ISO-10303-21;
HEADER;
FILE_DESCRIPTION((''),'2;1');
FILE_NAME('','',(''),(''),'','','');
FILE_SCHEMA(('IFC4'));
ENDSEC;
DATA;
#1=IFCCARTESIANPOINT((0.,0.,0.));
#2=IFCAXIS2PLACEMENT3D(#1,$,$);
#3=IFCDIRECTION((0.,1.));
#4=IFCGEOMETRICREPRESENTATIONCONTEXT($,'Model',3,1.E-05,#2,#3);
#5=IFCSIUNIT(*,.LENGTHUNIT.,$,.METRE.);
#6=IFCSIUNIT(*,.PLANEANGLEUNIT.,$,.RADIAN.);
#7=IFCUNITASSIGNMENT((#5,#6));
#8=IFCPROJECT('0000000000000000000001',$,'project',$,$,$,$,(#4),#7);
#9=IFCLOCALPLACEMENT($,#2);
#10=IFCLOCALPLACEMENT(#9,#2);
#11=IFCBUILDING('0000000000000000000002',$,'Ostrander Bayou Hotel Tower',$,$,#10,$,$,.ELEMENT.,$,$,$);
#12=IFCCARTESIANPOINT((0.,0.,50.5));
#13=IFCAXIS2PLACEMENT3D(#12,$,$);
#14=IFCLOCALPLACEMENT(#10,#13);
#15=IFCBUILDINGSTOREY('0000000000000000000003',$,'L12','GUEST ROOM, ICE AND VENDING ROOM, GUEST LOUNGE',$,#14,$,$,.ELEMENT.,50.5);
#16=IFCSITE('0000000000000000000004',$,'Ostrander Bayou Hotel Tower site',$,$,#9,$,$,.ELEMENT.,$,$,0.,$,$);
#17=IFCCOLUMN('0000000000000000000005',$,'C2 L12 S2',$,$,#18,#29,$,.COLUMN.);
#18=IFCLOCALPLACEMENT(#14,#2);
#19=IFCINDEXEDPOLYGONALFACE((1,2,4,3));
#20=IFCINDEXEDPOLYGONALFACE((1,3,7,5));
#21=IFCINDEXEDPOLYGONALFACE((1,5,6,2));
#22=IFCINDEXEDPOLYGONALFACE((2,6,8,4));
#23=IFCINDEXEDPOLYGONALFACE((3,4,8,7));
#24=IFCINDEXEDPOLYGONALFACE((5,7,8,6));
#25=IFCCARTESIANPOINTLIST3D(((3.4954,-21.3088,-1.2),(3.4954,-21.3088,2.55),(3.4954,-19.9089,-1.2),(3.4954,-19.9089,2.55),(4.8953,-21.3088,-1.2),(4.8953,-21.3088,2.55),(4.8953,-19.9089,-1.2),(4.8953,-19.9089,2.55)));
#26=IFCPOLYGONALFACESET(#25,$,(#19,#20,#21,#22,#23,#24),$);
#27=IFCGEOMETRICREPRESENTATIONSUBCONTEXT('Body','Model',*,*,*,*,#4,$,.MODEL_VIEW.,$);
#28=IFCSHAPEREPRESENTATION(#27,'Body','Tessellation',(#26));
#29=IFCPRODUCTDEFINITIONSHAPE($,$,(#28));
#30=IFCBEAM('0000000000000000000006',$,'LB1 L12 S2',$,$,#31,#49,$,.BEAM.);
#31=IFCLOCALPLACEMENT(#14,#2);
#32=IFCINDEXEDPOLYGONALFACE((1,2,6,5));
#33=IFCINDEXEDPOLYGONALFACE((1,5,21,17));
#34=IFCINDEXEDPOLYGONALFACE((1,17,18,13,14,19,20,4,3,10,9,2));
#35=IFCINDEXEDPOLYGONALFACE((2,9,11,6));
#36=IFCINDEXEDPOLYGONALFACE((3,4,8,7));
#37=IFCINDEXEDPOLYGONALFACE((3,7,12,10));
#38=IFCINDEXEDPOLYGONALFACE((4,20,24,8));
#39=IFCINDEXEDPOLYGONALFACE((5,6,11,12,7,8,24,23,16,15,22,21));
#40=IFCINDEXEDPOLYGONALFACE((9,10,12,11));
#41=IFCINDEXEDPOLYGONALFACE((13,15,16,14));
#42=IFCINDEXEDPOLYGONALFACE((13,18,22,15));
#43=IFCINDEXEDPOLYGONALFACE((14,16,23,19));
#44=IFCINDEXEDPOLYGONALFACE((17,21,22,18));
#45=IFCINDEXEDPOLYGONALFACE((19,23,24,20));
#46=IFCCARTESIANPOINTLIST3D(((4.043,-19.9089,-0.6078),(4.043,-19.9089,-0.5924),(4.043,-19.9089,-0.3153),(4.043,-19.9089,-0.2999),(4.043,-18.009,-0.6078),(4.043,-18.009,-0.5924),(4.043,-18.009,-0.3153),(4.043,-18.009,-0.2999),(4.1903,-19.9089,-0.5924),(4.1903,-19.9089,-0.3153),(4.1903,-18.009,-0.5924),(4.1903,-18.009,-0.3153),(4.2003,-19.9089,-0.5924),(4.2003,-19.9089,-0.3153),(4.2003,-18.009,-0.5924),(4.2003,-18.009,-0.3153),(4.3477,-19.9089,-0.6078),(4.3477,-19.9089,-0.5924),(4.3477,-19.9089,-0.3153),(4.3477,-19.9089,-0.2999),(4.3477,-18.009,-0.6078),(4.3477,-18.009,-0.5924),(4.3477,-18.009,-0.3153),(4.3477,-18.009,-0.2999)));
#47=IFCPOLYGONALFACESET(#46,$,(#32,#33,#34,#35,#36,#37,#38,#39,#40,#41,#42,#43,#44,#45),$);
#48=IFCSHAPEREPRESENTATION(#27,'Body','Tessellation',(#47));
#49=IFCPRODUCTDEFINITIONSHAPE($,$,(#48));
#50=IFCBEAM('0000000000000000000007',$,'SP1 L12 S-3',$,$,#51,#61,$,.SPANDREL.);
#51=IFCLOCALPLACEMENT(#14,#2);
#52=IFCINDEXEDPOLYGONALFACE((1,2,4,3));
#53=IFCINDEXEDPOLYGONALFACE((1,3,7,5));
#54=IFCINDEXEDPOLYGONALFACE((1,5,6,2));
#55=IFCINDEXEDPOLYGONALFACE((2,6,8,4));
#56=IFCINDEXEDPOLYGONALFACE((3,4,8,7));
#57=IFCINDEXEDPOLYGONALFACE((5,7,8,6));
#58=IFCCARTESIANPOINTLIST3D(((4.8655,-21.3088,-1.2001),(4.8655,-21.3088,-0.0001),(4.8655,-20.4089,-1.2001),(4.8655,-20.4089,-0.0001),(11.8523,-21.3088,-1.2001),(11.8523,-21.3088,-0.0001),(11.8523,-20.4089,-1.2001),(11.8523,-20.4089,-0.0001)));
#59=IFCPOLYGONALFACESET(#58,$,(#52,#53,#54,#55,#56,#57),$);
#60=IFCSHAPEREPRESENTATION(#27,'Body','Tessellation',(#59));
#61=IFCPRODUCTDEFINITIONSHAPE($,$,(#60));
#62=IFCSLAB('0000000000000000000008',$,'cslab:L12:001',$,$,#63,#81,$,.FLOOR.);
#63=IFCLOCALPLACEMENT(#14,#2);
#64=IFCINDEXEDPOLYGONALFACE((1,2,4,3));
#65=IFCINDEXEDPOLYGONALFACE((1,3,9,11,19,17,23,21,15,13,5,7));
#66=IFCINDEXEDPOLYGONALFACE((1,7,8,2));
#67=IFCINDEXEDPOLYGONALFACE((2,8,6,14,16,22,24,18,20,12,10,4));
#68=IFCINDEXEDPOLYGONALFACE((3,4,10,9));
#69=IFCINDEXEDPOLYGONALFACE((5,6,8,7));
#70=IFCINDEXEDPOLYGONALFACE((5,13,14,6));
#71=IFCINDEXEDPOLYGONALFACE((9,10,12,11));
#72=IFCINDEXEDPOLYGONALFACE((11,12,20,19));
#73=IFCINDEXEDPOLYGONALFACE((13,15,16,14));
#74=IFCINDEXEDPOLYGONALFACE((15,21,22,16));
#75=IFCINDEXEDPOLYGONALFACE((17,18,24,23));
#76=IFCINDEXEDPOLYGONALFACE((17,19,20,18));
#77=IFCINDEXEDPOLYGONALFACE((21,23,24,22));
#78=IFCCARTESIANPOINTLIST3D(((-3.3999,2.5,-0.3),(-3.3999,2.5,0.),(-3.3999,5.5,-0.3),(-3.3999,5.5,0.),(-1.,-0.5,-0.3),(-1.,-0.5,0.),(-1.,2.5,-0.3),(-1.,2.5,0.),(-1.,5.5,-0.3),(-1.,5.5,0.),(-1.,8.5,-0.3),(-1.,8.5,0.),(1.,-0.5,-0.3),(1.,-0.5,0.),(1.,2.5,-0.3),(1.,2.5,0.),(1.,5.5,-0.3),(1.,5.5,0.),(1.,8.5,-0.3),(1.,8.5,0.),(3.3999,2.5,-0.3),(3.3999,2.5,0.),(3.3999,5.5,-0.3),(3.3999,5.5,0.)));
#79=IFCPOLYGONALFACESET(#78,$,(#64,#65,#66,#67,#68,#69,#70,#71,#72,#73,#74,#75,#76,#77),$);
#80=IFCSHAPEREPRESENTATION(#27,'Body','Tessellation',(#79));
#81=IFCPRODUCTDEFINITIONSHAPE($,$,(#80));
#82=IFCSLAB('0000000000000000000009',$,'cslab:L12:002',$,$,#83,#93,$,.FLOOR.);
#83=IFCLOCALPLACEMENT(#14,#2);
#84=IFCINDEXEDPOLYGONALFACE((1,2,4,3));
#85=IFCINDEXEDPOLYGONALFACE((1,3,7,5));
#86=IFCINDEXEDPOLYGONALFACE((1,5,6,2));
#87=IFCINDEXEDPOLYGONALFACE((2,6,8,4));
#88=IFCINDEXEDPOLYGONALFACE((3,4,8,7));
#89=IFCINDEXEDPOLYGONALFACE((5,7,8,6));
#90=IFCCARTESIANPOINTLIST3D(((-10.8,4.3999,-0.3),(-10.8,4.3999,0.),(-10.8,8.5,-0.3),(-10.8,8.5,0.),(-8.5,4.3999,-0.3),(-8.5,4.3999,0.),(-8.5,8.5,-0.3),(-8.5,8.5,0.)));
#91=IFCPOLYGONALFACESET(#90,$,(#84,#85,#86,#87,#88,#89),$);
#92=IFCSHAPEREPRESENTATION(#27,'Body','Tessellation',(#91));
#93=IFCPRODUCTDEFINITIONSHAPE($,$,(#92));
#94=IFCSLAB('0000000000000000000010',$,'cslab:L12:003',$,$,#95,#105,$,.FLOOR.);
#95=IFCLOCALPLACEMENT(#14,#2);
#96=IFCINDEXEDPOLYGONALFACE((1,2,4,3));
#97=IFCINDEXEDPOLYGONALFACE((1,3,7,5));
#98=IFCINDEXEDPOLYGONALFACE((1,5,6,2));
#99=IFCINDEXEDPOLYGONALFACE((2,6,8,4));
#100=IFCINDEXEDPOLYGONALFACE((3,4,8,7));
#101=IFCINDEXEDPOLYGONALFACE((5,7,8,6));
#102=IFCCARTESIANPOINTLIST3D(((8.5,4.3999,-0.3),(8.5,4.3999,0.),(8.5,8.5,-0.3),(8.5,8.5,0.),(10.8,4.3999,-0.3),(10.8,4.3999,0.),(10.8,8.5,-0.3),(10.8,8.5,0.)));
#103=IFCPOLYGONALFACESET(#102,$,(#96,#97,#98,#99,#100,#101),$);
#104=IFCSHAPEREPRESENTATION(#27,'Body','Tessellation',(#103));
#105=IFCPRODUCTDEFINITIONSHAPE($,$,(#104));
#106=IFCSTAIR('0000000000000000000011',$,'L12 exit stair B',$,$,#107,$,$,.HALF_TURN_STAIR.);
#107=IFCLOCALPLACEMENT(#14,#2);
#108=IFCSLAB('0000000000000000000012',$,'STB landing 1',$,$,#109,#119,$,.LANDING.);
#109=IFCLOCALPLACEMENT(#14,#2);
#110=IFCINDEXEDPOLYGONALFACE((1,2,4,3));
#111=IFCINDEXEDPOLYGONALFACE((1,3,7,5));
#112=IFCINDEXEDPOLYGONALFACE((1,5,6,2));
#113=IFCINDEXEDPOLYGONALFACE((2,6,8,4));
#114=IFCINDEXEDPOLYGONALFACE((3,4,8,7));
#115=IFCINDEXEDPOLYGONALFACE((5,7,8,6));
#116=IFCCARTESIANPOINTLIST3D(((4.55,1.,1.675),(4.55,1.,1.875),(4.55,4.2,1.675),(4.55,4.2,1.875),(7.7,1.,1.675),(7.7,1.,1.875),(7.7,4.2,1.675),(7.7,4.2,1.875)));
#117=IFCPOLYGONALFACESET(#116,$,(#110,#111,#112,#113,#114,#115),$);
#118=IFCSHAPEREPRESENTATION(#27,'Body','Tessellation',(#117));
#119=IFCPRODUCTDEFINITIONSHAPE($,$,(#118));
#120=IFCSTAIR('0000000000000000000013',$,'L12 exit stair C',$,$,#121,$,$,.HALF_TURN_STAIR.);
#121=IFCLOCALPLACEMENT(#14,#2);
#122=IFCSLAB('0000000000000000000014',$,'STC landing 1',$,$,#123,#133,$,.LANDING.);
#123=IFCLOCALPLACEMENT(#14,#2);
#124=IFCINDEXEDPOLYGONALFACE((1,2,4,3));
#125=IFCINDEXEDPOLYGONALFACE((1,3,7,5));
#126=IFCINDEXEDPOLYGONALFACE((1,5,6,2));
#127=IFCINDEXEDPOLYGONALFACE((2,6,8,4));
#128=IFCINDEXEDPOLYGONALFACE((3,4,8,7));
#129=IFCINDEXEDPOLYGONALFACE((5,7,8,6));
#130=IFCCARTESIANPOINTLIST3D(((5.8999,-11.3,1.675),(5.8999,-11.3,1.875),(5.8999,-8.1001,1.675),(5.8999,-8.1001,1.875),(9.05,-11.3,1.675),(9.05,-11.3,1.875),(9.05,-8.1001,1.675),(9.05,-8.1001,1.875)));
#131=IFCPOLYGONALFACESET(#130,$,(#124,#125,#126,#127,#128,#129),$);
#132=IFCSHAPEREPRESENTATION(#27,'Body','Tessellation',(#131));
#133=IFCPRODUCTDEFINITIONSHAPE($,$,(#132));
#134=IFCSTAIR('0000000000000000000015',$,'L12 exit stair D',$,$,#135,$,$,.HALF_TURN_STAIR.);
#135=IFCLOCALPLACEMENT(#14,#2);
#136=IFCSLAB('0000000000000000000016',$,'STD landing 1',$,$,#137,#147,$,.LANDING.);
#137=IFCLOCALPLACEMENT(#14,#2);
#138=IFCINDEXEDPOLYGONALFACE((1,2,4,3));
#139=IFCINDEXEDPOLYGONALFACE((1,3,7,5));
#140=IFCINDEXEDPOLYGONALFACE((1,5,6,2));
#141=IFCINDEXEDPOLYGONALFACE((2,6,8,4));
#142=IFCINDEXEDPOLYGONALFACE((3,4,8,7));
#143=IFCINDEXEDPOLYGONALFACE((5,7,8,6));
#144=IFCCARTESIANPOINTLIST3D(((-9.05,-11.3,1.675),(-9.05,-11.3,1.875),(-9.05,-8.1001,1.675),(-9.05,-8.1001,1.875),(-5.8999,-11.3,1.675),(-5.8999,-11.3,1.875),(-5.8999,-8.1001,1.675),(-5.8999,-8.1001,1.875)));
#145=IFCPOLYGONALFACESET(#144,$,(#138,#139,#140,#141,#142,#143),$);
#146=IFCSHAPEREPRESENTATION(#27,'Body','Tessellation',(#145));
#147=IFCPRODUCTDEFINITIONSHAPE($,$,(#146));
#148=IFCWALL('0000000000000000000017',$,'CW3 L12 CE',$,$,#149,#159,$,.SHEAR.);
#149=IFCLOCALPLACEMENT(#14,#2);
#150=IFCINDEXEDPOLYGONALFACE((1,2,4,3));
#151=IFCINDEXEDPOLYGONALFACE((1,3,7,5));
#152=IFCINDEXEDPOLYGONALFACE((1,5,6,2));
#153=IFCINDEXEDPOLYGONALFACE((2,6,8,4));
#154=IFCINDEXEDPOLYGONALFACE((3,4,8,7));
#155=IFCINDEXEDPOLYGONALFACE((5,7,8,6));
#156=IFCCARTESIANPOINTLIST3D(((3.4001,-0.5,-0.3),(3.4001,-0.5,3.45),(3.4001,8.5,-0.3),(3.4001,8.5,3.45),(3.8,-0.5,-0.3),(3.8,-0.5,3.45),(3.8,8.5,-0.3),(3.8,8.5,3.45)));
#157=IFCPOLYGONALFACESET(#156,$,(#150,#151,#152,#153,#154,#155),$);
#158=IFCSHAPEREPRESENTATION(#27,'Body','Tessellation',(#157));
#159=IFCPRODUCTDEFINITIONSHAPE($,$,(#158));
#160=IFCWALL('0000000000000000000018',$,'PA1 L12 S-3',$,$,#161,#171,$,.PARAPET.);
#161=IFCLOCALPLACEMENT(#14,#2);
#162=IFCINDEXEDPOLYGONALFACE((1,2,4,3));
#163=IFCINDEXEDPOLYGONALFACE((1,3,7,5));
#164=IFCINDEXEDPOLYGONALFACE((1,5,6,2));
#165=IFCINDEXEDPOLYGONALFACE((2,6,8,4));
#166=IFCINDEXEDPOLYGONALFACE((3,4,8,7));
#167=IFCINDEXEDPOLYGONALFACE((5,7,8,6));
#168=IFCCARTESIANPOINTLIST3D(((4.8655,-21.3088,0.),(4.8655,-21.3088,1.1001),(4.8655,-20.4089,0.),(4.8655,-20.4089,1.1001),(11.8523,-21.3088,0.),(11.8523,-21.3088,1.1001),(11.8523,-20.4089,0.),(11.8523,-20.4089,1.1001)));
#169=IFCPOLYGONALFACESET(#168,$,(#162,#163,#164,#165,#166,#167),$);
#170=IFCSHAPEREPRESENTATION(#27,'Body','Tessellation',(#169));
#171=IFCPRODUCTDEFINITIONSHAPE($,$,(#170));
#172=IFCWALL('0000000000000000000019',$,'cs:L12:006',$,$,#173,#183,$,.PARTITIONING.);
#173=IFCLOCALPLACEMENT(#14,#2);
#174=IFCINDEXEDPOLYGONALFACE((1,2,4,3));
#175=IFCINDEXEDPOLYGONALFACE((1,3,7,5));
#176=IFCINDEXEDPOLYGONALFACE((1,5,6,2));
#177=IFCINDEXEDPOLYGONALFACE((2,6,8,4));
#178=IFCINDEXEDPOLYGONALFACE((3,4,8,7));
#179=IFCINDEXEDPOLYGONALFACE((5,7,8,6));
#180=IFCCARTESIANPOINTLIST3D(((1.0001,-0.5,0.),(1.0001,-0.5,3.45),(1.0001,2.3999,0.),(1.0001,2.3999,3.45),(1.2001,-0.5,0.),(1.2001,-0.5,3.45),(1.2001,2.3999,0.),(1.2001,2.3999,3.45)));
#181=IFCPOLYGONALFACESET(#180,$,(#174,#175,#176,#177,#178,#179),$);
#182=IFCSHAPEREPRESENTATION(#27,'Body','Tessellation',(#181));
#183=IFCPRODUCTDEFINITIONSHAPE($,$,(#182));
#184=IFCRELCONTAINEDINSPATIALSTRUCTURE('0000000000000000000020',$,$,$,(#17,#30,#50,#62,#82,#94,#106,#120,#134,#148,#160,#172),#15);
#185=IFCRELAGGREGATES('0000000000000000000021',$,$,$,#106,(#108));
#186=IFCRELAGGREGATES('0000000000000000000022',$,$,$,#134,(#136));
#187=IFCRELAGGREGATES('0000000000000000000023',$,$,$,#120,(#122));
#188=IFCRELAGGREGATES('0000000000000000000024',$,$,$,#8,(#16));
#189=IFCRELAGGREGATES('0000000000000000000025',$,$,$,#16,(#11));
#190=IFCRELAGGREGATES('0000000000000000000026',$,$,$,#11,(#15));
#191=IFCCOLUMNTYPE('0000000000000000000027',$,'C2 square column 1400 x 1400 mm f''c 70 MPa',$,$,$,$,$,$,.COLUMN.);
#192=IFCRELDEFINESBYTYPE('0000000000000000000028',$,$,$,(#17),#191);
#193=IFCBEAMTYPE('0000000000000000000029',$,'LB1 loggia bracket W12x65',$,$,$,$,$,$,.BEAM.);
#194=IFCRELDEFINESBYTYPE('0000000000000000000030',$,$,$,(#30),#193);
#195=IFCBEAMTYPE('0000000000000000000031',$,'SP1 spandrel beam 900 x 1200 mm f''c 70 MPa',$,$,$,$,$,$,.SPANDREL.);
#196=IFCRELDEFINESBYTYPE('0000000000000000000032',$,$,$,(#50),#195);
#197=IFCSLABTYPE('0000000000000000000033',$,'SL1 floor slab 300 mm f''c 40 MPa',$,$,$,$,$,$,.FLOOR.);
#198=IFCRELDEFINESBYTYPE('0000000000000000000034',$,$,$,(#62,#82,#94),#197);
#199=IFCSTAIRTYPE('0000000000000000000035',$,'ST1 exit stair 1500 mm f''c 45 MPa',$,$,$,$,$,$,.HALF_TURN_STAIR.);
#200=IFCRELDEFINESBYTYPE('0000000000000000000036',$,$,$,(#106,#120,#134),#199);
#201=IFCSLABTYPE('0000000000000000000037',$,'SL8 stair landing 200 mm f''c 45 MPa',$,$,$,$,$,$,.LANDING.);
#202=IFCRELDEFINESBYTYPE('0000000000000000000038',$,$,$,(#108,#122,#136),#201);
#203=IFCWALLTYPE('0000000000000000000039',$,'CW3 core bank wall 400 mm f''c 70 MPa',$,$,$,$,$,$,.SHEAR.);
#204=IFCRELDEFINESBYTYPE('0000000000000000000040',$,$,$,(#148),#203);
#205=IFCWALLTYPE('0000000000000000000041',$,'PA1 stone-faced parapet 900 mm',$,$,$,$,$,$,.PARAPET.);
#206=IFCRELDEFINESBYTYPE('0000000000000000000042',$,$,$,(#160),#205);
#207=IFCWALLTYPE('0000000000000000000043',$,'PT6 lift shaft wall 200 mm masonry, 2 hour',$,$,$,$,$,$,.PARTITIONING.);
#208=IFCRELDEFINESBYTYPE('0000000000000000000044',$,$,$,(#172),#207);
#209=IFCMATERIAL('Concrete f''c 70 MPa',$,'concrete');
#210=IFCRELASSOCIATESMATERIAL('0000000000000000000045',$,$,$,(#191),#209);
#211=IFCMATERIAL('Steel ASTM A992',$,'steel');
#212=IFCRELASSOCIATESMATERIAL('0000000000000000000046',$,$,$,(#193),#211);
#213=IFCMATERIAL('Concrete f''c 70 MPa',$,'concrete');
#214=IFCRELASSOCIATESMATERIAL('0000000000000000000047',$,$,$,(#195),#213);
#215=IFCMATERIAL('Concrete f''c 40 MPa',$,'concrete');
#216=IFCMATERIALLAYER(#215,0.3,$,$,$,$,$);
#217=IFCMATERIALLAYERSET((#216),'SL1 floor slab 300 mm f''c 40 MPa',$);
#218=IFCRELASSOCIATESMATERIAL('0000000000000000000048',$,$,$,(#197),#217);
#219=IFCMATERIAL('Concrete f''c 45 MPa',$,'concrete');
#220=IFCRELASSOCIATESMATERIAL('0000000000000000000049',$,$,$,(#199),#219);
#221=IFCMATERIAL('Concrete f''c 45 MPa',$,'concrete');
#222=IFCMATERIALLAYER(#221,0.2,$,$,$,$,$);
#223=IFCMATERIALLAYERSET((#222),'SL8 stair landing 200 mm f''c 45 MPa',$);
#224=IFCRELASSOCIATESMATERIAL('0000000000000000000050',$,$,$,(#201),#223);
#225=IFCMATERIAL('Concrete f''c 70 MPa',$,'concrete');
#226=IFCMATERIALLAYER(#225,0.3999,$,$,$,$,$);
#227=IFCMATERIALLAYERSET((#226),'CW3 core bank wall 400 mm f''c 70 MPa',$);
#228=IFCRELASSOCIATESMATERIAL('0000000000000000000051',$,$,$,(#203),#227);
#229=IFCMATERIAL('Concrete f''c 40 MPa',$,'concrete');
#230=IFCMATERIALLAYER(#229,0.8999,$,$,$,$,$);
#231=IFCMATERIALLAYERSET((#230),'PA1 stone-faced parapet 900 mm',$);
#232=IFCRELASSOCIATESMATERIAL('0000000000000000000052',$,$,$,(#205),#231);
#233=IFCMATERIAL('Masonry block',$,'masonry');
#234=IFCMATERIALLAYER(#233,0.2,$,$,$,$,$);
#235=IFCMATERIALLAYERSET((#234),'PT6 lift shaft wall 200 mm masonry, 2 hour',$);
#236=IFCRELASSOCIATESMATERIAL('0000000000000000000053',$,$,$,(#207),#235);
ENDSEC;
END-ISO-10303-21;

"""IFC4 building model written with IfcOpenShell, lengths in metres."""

from ifc_helpers import new_model, si_unit, direction, frame, frame_2d, origin, origin_2d, place, context, subcontext, project, spatial, polyline, rectangle, i_section, outline, extrude, material, layer, layer_set, material_profile, profile_set, type_object, element, aggregate, save


model = new_model("IFC4")

# Units and contexts
model_context = context("Model", 3, precision=1e-05, world=origin(), true_north=direction((0.0, 1.0)))
body_context = subcontext(model_context, "Body", "Model", "MODEL_VIEW")
ifc_project = project(units=[si_unit("LENGTHUNIT", "METRE"), si_unit("PLANEANGLEUNIT", "RADIAN")], contexts=[model_context])

# Site, building, storey
site_placement = place(None, origin())
site = spatial("IfcSite", under=ifc_project, at=site_placement, Name="Ostrander Bayou Hotel Tower site", CompositionType="ELEMENT", RefElevation=0.0)
building_placement = place(site_placement, origin())
building = spatial("IfcBuilding", under=site, at=building_placement, Name="Ostrander Bayou Hotel Tower", CompositionType="ELEMENT")
storey_placement = place(building_placement, frame((0.0, 0.0, 50.5)))
storey = spatial("IfcBuildingStorey", under=building, at=storey_placement, Name="L12", Description="GUEST ROOM, ICE AND VENDING ROOM, GUEST LOUNGE", CompositionType="ELEMENT", Elevation=50.5)

# Column
ifc_material_1 = material(Name="Concrete f'c 70 MPa", Category="concrete")
ifc_material_profile_1 = material_profile(ifc_material_1, rectangle(XDim=1.3999, YDim=1.3999, at=origin_2d()))
ifc_profile_set_1 = profile_set([ifc_material_profile_1], Name="Concrete f'c 70 MPa")
column_type = type_object("IfcColumnType", Name="C2 square column 1400 x 1400 mm f'c 70 MPa", PredefinedType="COLUMN", material=ifc_profile_set_1)
column_placement = place(storey_placement, frame((4.1953, -20.6089, -1.2), z_axis=(0.0, 0.0, 1.0), x_axis=(-1.0, 0.0, 0.0)))
element("IfcColumn", 1, at=column_placement, inside=storey, type_object=column_type, Name="C2 L12 S2", PredefinedType="COLUMN", context=body_context, shape_type="SweptSolid", body=[
    extrude(rectangle(XDim=1.3999, YDim=1.3999, at=origin_2d()), origin(), (0.0, 0.0, 1.0), 3.75),
])

# Beams
ifc_material_2 = material(Name="Steel ASTM A992", Category="steel")
ifc_material_profile_2 = material_profile(ifc_material_2, i_section(OverallWidth=0.3047, OverallDepth=0.3079, WebThickness=0.01, FlangeThickness=0.0154, at=origin_2d()))
ifc_profile_set_2 = profile_set([ifc_material_profile_2], Name="Steel ASTM A992")
beam_type_1 = type_object("IfcBeamType", Name="LB1 loggia bracket W12x65", PredefinedType="BEAM", material=ifc_profile_set_2)
beam_1_placement = place(storey_placement, frame((4.1953, -19.9089, -0.4539), z_axis=(0.0, 1.0, 0.0), x_axis=(-1.0, 0.0, 0.0)))
element("IfcBeam", 2, at=beam_1_placement, inside=storey, type_object=beam_type_1, Name="LB1 L12 S2", PredefinedType="BEAM", context=body_context, shape_type="SweptSolid", body=[
    extrude(i_section(OverallWidth=0.3047, OverallDepth=0.3079, WebThickness=0.01, FlangeThickness=0.0154, at=origin_2d()), origin(), (0.0, 0.0, 1.0), 1.8999),
])
ifc_material_3 = material(Name="Concrete f'c 70 MPa", Category="concrete")
ifc_material_profile_3 = material_profile(ifc_material_3, rectangle(XDim=0.8999, YDim=1.2, at=origin_2d()))
ifc_profile_set_3 = profile_set([ifc_material_profile_3], Name="Concrete f'c 70 MPa")
beam_type_2 = type_object("IfcBeamType", Name="SP1 spandrel beam 900 x 1200 mm f'c 70 MPa", PredefinedType="SPANDREL", material=ifc_profile_set_3)
beam_2_placement = place(storey_placement, frame((4.8655, -20.8589, -0.6001), z_axis=(1.0, 0.0, 0.0), x_axis=(0.0, 1.0, 0.0)))
element("IfcBeam", 3, at=beam_2_placement, inside=storey, type_object=beam_type_2, Name="SP1 L12 S-3", PredefinedType="SPANDREL", context=body_context, shape_type="SweptSolid", body=[
    extrude(rectangle(XDim=0.8999, YDim=1.2, at=origin_2d()), origin(), (0.0, 0.0, 1.0), 6.9868),
])

# Slabs
ifc_material_4 = material(Name="Concrete f'c 40 MPa", Category="concrete")
ifc_layer_1 = layer(ifc_material_4, 0.3)
ifc_layer_set_1 = layer_set([ifc_layer_1], Name="SL1 floor slab 300 mm f'c 40 MPa")
slab_type_1 = type_object("IfcSlabType", Name="SL1 floor slab 300 mm f'c 40 MPa", PredefinedType="FLOOR", material=ifc_layer_set_1)
slab_1_placement = place(storey_placement, frame((0.0, 0.0, -0.3)))
element("IfcSlab", 4, at=slab_1_placement, inside=storey, type_object=slab_type_1, Name="cslab:L12:001", PredefinedType="FLOOR", context=body_context, shape_type="SweptSolid", body=[
    extrude(outline(polyline([(-3.3999, 5.5), (-1.0, 5.5), (-1.0, 8.5), (1.0, 8.5), (1.0, 5.5), (3.3999, 5.5), (3.3999, 2.5), (1.0, 2.5), (1.0, -0.5), (-1.0, -0.5), (-1.0, 2.5), (-3.3999, 2.5), (-3.3999, 5.5)])), origin(), (0.0, 0.0, 1.0), 0.3),
])
slab_2_placement = place(storey_placement, frame((0.0, 0.0, -0.3)))
element("IfcSlab", 5, at=slab_2_placement, inside=storey, type_object=slab_type_1, Name="cslab:L12:002", PredefinedType="FLOOR", context=body_context, shape_type="SweptSolid", body=[
    extrude(outline(polyline([(-8.5, 4.3999), (-8.5, 8.5), (-10.8, 8.5), (-10.8, 4.3999), (-8.5, 4.3999)])), origin(), (0.0, 0.0, 1.0), 0.3),
])
slab_3_placement = place(storey_placement, frame((0.0, 0.0, -0.3)))
element("IfcSlab", 6, at=slab_3_placement, inside=storey, type_object=slab_type_1, Name="cslab:L12:003", PredefinedType="FLOOR", context=body_context, shape_type="SweptSolid", body=[
    extrude(outline(polyline([(10.8, 4.3999), (10.8, 8.5), (8.5, 8.5), (8.5, 4.3999), (10.8, 4.3999)])), origin(), (0.0, 0.0, 1.0), 0.3),
])

# Stairs, slabs
ifc_material_5 = material(Name="Concrete f'c 45 MPa", Category="concrete")
stair_type = type_object("IfcStairType", Name="ST1 exit stair 1500 mm f'c 45 MPa", PredefinedType="HALF_TURN_STAIR", material=ifc_material_5)
stair_1_placement = place(storey_placement, origin())
stair_1 = element("IfcStair", 7, at=stair_1_placement, inside=storey, type_object=stair_type, Name="L12 exit stair B", PredefinedType="HALF_TURN_STAIR")
ifc_material_6 = material(Name="Concrete f'c 45 MPa", Category="concrete")
ifc_layer_2 = layer(ifc_material_6, 0.2)
ifc_layer_set_2 = layer_set([ifc_layer_2], Name="SL8 stair landing 200 mm f'c 45 MPa")
slab_type_2 = type_object("IfcSlabType", Name="SL8 stair landing 200 mm f'c 45 MPa", PredefinedType="LANDING", material=ifc_layer_set_2)
slab_4_placement = place(storey_placement, frame((0.0, 0.0, 1.675)))
slab_4 = element("IfcSlab", 8, at=slab_4_placement, type_object=slab_type_2, Name="STB landing 1", PredefinedType="LANDING", context=body_context, shape_type="SweptSolid", body=[
    extrude(outline(polyline([(4.55, 4.2), (4.55, 1.0), (7.7, 1.0), (7.7, 4.2), (4.55, 4.2)])), origin(), (0.0, 0.0, 1.0), 0.2),
])
aggregate(stair_1, [slab_4])
stair_2_placement = place(storey_placement, origin())
stair_2 = element("IfcStair", 9, at=stair_2_placement, inside=storey, type_object=stair_type, Name="L12 exit stair C", PredefinedType="HALF_TURN_STAIR")
slab_5_placement = place(storey_placement, frame((0.0, 0.0, 1.675)))
slab_5 = element("IfcSlab", 10, at=slab_5_placement, type_object=slab_type_2, Name="STC landing 1", PredefinedType="LANDING", context=body_context, shape_type="SweptSolid", body=[
    extrude(outline(polyline([(5.8999, -8.1001), (5.8999, -11.3), (9.05, -11.3), (9.05, -8.1001), (5.8999, -8.1001)])), origin(), (0.0, 0.0, 1.0), 0.2),
])
stair_3_placement = place(storey_placement, origin())
stair_3 = element("IfcStair", 11, at=stair_3_placement, inside=storey, type_object=stair_type, Name="L12 exit stair D", PredefinedType="HALF_TURN_STAIR")
slab_6_placement = place(storey_placement, frame((0.0, 0.0, 1.675)))
slab_6 = element("IfcSlab", 12, at=slab_6_placement, type_object=slab_type_2, Name="STD landing 1", PredefinedType="LANDING", context=body_context, shape_type="SweptSolid", body=[
    extrude(outline(polyline([(-9.05, -8.1001), (-9.05, -11.3), (-5.8999, -11.3), (-5.8999, -8.1001), (-9.05, -8.1001)])), origin(), (0.0, 0.0, 1.0), 0.2),
])
aggregate(stair_3, [slab_6])

# Walls
ifc_material_7 = material(Name="Concrete f'c 70 MPa", Category="concrete")
ifc_layer_3 = layer(ifc_material_7, 0.3999)
ifc_layer_set_3 = layer_set([ifc_layer_3], Name="CW3 core bank wall 400 mm f'c 70 MPa")
wall_type_1 = type_object("IfcWallType", Name="CW3 core bank wall 400 mm f'c 70 MPa", PredefinedType="SHEAR", material=ifc_layer_set_3)
wall_1_placement = place(storey_placement, frame((3.6001, -0.5, -0.3), z_axis=(0.0, 0.0, 1.0), x_axis=(0.0, 1.0, 0.0)))
element("IfcWall", 13, at=wall_1_placement, inside=storey, type_object=wall_type_1, Name="CW3 L12 CE", PredefinedType="SHEAR", context=body_context, shape_type="SweptSolid", body=[
    extrude(rectangle(XDim=9.0, YDim=0.3999, at=frame_2d((4.5, 0.0))), origin(), (0.0, 0.0, 1.0), 3.75),
])
ifc_material_8 = material(Name="Concrete f'c 40 MPa", Category="concrete")
ifc_layer_4 = layer(ifc_material_8, 0.8999)
ifc_layer_set_4 = layer_set([ifc_layer_4], Name="PA1 stone-faced parapet 900 mm")
wall_type_2 = type_object("IfcWallType", Name="PA1 stone-faced parapet 900 mm", PredefinedType="PARAPET", material=ifc_layer_set_4)
wall_2_placement = place(storey_placement, frame((4.8655, -20.8589, 0.0), z_axis=(0.0, 0.0, 1.0), x_axis=(1.0, 0.0, 0.0)))
element("IfcWall", 14, at=wall_2_placement, inside=storey, type_object=wall_type_2, Name="PA1 L12 S-3", PredefinedType="PARAPET", context=body_context, shape_type="SweptSolid", body=[
    extrude(rectangle(XDim=6.9868, YDim=0.8999, at=frame_2d((3.4934, 0.0))), origin(), (0.0, 0.0, 1.0), 1.1001),
])
ifc_material_9 = material(Name="Masonry block", Category="masonry")
ifc_layer_5 = layer(ifc_material_9, 0.2)
ifc_layer_set_5 = layer_set([ifc_layer_5], Name="PT6 lift shaft wall 200 mm masonry, 2 hour")
wall_type_3 = type_object("IfcWallType", Name="PT6 lift shaft wall 200 mm masonry, 2 hour", PredefinedType="PARTITIONING", material=ifc_layer_set_5)
wall_3_placement = place(storey_placement, frame((1.1001, -0.5, 0.0), z_axis=(0.0, 0.0, 1.0), x_axis=(0.0, 1.0, 0.0)))
element("IfcWall", 15, at=wall_3_placement, inside=storey, type_object=wall_type_3, Name="cs:L12:006", PredefinedType="PARTITIONING", context=body_context, shape_type="SweptSolid", body=[
    extrude(rectangle(XDim=2.8999, YDim=0.2, at=frame_2d((1.45, 0.0))), origin(), (0.0, 0.0, 1.0), 3.45),
])

aggregate(stair_2, [slab_5])

save(model, "model.ifc")
